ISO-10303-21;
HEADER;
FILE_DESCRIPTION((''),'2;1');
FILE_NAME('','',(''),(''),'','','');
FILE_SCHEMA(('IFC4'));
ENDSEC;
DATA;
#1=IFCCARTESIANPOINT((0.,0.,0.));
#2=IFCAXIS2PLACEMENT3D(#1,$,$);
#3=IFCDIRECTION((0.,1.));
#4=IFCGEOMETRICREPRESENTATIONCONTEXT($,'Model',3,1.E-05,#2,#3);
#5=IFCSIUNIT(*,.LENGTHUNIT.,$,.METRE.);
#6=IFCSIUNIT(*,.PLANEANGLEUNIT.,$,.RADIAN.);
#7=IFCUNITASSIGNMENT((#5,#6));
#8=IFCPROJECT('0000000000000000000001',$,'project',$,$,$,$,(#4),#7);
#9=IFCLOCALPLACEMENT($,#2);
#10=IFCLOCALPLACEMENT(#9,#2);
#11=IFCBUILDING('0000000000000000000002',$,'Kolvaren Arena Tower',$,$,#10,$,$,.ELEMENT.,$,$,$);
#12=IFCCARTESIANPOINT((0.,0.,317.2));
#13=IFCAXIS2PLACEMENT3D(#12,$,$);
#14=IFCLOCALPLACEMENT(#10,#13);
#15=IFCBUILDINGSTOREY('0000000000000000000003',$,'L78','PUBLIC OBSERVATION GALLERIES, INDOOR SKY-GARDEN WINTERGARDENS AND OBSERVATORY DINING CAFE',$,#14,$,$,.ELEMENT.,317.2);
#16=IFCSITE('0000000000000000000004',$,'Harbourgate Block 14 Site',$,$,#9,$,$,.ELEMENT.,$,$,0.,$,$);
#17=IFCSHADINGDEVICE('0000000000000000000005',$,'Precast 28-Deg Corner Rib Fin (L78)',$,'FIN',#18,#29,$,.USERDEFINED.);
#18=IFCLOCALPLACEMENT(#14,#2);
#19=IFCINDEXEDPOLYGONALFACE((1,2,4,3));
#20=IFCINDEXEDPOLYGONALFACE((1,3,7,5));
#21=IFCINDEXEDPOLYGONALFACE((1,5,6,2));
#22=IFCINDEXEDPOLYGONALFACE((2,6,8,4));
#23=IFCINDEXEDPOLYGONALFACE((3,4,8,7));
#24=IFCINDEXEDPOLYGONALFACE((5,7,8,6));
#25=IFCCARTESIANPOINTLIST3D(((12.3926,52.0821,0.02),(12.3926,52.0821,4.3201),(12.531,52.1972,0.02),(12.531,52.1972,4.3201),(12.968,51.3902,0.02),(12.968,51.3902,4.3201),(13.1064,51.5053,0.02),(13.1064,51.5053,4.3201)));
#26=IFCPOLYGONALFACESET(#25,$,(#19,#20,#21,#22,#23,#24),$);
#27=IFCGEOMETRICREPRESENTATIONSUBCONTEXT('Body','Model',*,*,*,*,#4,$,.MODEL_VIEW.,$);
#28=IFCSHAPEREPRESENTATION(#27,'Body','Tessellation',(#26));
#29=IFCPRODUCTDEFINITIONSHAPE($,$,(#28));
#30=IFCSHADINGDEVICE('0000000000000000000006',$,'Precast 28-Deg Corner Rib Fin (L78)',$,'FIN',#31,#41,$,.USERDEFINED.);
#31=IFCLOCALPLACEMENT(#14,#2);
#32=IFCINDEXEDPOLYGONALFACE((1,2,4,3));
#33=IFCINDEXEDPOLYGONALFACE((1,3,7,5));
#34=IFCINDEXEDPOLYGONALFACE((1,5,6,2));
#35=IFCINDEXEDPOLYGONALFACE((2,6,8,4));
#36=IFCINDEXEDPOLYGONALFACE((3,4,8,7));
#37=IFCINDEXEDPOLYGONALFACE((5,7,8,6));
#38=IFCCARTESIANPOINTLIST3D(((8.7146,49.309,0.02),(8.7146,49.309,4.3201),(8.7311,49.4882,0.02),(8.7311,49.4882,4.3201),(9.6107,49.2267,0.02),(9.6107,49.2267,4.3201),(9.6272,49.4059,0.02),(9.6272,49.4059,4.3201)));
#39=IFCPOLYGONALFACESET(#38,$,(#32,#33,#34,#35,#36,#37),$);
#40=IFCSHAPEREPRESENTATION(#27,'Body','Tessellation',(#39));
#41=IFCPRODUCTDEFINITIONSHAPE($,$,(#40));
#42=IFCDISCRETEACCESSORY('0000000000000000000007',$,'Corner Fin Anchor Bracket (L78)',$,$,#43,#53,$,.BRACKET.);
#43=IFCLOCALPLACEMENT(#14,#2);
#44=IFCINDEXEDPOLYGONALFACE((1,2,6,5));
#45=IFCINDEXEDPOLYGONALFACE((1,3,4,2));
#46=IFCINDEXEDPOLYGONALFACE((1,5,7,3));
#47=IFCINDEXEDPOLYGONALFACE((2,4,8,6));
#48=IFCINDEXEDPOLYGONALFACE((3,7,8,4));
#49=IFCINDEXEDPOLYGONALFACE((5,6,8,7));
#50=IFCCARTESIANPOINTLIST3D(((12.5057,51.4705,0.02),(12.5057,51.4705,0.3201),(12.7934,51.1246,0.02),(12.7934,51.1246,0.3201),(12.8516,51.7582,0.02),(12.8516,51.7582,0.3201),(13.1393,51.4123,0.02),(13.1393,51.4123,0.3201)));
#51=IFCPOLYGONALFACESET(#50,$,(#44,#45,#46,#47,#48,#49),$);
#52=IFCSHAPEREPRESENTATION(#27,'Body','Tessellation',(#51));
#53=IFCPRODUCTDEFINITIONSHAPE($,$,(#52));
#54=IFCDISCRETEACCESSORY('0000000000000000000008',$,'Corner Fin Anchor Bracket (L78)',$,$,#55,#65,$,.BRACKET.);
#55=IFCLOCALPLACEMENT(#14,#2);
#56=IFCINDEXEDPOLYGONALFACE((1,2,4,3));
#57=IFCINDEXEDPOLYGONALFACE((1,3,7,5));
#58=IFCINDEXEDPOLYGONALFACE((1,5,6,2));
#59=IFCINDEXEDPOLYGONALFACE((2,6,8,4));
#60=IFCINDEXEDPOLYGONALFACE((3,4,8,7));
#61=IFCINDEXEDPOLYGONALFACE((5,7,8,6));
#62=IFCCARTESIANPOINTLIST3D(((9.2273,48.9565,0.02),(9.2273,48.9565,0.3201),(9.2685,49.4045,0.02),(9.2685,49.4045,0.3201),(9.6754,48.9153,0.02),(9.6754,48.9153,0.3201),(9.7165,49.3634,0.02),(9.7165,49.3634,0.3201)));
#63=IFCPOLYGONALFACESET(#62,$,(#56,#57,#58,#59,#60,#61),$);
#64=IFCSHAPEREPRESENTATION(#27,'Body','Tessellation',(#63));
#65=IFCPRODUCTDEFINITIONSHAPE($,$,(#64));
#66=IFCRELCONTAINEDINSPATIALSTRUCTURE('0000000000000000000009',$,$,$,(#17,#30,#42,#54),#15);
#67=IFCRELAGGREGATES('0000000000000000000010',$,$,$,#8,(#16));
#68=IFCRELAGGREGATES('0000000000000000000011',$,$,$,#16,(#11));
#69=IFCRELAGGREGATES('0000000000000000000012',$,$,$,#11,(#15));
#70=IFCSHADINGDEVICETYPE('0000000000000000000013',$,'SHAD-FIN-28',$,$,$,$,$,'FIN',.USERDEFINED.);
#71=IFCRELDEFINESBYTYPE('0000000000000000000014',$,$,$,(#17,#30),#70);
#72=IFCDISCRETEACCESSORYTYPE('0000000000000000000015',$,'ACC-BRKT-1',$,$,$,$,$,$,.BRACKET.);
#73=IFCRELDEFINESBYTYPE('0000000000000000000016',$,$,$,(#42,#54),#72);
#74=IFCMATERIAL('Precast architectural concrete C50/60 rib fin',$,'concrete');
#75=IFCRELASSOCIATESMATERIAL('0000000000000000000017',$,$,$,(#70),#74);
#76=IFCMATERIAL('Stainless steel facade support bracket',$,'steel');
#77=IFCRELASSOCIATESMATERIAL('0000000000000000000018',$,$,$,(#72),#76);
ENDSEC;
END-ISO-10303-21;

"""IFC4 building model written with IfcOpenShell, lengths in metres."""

from ifc_helpers import new_model, si_unit, direction, frame, origin, origin_2d, place, context, subcontext, project, spatial, rectangle, extrude, material, type_object, element, save


model = new_model("IFC4")

# Units and contexts
model_context = context("Model", 3, precision=1e-05, world=origin(), true_north=direction((0.0, 1.0)))
body_context = subcontext(model_context, "Body", "Model", "MODEL_VIEW")
ifc_project = project(units=[si_unit("LENGTHUNIT", "METRE"), si_unit("PLANEANGLEUNIT", "RADIAN")], contexts=[model_context])

# Site, building, storey
site_placement = place(None, origin())
site = spatial("IfcSite", under=ifc_project, at=site_placement, Name="Harbourgate Block 14 Site", CompositionType="ELEMENT", RefElevation=0.0)
building_placement = place(site_placement, origin())
building = spatial("IfcBuilding", under=site, at=building_placement, Name="Kolvaren Arena Tower", CompositionType="ELEMENT")
storey_placement = place(building_placement, frame((0.0, 0.0, 317.2)))
storey = spatial("IfcBuildingStorey", under=building, at=storey_placement, Name="L78", Description="PUBLIC OBSERVATION GALLERIES, INDOOR SKY-GARDEN WINTERGARDENS AND OBSERVATORY DINING CAFE", CompositionType="ELEMENT", Elevation=317.2)

# Shading devices
ifc_material_1 = material(Name="Precast architectural concrete C50/60 rib fin", Category="concrete")
shading_device_type = type_object("IfcShadingDeviceType", Name="SHAD-FIN-28", ElementType="FIN", PredefinedType="USERDEFINED", material=ifc_material_1)
for number, where, z_axis, x_axis, name in (
    (1, (12.7495, 51.7937, 0.02), (0.0, 0.0, 1.0), (-0.639409, 0.768866, 0.0), "Precast 28-Deg Corner Rib Fin (L78)"),
    (2, (9.1709, 49.3574, 0.02), (0.0, 0.0, 1.0), (-0.995808, 0.091469, 0.0), "Precast 28-Deg Corner Rib Fin (L78)"),
):
    element("IfcShadingDevice", number, at=place(storey_placement, frame(where, z_axis=z_axis, x_axis=x_axis)), inside=storey, type_object=shading_device_type, Name=name, ObjectType="FIN", PredefinedType="USERDEFINED", context=body_context, shape_type="SweptSolid", body=[
        extrude(rectangle(XDim=0.8999, YDim=0.1799, at=origin_2d()), origin(), (0.0, 0.0, 1.0), 4.3),
    ])

# Discrete accessories
ifc_material_2 = material(Name="Stainless steel facade support bracket", Category="steel")
discrete_accessory_type = type_object("IfcDiscreteAccessoryType", Name="ACC-BRKT-1", PredefinedType="BRACKET", material=ifc_material_2)
for number, where, z_axis, x_axis, name in (
    (3, (12.8225, 51.4414, 0.02), (0.0, 0.0, 1.0), (-0.639409, 0.768866, 0.0), "Corner Fin Anchor Bracket (L78)"),
    (4, (9.4719, 49.1599, 0.02), (0.0, 0.0, 1.0), (-0.995808, 0.091469, 0.0), "Corner Fin Anchor Bracket (L78)"),
):
    element("IfcDiscreteAccessory", number, at=place(storey_placement, frame(where, z_axis=z_axis, x_axis=x_axis)), inside=storey, type_object=discrete_accessory_type, Name=name, PredefinedType="BRACKET", context=body_context, shape_type="SweptSolid", body=[
        extrude(rectangle(XDim=0.45, YDim=0.45, at=origin_2d()), origin(), (0.0, 0.0, 1.0), 0.3),
    ])

save(model, "model.ifc")
